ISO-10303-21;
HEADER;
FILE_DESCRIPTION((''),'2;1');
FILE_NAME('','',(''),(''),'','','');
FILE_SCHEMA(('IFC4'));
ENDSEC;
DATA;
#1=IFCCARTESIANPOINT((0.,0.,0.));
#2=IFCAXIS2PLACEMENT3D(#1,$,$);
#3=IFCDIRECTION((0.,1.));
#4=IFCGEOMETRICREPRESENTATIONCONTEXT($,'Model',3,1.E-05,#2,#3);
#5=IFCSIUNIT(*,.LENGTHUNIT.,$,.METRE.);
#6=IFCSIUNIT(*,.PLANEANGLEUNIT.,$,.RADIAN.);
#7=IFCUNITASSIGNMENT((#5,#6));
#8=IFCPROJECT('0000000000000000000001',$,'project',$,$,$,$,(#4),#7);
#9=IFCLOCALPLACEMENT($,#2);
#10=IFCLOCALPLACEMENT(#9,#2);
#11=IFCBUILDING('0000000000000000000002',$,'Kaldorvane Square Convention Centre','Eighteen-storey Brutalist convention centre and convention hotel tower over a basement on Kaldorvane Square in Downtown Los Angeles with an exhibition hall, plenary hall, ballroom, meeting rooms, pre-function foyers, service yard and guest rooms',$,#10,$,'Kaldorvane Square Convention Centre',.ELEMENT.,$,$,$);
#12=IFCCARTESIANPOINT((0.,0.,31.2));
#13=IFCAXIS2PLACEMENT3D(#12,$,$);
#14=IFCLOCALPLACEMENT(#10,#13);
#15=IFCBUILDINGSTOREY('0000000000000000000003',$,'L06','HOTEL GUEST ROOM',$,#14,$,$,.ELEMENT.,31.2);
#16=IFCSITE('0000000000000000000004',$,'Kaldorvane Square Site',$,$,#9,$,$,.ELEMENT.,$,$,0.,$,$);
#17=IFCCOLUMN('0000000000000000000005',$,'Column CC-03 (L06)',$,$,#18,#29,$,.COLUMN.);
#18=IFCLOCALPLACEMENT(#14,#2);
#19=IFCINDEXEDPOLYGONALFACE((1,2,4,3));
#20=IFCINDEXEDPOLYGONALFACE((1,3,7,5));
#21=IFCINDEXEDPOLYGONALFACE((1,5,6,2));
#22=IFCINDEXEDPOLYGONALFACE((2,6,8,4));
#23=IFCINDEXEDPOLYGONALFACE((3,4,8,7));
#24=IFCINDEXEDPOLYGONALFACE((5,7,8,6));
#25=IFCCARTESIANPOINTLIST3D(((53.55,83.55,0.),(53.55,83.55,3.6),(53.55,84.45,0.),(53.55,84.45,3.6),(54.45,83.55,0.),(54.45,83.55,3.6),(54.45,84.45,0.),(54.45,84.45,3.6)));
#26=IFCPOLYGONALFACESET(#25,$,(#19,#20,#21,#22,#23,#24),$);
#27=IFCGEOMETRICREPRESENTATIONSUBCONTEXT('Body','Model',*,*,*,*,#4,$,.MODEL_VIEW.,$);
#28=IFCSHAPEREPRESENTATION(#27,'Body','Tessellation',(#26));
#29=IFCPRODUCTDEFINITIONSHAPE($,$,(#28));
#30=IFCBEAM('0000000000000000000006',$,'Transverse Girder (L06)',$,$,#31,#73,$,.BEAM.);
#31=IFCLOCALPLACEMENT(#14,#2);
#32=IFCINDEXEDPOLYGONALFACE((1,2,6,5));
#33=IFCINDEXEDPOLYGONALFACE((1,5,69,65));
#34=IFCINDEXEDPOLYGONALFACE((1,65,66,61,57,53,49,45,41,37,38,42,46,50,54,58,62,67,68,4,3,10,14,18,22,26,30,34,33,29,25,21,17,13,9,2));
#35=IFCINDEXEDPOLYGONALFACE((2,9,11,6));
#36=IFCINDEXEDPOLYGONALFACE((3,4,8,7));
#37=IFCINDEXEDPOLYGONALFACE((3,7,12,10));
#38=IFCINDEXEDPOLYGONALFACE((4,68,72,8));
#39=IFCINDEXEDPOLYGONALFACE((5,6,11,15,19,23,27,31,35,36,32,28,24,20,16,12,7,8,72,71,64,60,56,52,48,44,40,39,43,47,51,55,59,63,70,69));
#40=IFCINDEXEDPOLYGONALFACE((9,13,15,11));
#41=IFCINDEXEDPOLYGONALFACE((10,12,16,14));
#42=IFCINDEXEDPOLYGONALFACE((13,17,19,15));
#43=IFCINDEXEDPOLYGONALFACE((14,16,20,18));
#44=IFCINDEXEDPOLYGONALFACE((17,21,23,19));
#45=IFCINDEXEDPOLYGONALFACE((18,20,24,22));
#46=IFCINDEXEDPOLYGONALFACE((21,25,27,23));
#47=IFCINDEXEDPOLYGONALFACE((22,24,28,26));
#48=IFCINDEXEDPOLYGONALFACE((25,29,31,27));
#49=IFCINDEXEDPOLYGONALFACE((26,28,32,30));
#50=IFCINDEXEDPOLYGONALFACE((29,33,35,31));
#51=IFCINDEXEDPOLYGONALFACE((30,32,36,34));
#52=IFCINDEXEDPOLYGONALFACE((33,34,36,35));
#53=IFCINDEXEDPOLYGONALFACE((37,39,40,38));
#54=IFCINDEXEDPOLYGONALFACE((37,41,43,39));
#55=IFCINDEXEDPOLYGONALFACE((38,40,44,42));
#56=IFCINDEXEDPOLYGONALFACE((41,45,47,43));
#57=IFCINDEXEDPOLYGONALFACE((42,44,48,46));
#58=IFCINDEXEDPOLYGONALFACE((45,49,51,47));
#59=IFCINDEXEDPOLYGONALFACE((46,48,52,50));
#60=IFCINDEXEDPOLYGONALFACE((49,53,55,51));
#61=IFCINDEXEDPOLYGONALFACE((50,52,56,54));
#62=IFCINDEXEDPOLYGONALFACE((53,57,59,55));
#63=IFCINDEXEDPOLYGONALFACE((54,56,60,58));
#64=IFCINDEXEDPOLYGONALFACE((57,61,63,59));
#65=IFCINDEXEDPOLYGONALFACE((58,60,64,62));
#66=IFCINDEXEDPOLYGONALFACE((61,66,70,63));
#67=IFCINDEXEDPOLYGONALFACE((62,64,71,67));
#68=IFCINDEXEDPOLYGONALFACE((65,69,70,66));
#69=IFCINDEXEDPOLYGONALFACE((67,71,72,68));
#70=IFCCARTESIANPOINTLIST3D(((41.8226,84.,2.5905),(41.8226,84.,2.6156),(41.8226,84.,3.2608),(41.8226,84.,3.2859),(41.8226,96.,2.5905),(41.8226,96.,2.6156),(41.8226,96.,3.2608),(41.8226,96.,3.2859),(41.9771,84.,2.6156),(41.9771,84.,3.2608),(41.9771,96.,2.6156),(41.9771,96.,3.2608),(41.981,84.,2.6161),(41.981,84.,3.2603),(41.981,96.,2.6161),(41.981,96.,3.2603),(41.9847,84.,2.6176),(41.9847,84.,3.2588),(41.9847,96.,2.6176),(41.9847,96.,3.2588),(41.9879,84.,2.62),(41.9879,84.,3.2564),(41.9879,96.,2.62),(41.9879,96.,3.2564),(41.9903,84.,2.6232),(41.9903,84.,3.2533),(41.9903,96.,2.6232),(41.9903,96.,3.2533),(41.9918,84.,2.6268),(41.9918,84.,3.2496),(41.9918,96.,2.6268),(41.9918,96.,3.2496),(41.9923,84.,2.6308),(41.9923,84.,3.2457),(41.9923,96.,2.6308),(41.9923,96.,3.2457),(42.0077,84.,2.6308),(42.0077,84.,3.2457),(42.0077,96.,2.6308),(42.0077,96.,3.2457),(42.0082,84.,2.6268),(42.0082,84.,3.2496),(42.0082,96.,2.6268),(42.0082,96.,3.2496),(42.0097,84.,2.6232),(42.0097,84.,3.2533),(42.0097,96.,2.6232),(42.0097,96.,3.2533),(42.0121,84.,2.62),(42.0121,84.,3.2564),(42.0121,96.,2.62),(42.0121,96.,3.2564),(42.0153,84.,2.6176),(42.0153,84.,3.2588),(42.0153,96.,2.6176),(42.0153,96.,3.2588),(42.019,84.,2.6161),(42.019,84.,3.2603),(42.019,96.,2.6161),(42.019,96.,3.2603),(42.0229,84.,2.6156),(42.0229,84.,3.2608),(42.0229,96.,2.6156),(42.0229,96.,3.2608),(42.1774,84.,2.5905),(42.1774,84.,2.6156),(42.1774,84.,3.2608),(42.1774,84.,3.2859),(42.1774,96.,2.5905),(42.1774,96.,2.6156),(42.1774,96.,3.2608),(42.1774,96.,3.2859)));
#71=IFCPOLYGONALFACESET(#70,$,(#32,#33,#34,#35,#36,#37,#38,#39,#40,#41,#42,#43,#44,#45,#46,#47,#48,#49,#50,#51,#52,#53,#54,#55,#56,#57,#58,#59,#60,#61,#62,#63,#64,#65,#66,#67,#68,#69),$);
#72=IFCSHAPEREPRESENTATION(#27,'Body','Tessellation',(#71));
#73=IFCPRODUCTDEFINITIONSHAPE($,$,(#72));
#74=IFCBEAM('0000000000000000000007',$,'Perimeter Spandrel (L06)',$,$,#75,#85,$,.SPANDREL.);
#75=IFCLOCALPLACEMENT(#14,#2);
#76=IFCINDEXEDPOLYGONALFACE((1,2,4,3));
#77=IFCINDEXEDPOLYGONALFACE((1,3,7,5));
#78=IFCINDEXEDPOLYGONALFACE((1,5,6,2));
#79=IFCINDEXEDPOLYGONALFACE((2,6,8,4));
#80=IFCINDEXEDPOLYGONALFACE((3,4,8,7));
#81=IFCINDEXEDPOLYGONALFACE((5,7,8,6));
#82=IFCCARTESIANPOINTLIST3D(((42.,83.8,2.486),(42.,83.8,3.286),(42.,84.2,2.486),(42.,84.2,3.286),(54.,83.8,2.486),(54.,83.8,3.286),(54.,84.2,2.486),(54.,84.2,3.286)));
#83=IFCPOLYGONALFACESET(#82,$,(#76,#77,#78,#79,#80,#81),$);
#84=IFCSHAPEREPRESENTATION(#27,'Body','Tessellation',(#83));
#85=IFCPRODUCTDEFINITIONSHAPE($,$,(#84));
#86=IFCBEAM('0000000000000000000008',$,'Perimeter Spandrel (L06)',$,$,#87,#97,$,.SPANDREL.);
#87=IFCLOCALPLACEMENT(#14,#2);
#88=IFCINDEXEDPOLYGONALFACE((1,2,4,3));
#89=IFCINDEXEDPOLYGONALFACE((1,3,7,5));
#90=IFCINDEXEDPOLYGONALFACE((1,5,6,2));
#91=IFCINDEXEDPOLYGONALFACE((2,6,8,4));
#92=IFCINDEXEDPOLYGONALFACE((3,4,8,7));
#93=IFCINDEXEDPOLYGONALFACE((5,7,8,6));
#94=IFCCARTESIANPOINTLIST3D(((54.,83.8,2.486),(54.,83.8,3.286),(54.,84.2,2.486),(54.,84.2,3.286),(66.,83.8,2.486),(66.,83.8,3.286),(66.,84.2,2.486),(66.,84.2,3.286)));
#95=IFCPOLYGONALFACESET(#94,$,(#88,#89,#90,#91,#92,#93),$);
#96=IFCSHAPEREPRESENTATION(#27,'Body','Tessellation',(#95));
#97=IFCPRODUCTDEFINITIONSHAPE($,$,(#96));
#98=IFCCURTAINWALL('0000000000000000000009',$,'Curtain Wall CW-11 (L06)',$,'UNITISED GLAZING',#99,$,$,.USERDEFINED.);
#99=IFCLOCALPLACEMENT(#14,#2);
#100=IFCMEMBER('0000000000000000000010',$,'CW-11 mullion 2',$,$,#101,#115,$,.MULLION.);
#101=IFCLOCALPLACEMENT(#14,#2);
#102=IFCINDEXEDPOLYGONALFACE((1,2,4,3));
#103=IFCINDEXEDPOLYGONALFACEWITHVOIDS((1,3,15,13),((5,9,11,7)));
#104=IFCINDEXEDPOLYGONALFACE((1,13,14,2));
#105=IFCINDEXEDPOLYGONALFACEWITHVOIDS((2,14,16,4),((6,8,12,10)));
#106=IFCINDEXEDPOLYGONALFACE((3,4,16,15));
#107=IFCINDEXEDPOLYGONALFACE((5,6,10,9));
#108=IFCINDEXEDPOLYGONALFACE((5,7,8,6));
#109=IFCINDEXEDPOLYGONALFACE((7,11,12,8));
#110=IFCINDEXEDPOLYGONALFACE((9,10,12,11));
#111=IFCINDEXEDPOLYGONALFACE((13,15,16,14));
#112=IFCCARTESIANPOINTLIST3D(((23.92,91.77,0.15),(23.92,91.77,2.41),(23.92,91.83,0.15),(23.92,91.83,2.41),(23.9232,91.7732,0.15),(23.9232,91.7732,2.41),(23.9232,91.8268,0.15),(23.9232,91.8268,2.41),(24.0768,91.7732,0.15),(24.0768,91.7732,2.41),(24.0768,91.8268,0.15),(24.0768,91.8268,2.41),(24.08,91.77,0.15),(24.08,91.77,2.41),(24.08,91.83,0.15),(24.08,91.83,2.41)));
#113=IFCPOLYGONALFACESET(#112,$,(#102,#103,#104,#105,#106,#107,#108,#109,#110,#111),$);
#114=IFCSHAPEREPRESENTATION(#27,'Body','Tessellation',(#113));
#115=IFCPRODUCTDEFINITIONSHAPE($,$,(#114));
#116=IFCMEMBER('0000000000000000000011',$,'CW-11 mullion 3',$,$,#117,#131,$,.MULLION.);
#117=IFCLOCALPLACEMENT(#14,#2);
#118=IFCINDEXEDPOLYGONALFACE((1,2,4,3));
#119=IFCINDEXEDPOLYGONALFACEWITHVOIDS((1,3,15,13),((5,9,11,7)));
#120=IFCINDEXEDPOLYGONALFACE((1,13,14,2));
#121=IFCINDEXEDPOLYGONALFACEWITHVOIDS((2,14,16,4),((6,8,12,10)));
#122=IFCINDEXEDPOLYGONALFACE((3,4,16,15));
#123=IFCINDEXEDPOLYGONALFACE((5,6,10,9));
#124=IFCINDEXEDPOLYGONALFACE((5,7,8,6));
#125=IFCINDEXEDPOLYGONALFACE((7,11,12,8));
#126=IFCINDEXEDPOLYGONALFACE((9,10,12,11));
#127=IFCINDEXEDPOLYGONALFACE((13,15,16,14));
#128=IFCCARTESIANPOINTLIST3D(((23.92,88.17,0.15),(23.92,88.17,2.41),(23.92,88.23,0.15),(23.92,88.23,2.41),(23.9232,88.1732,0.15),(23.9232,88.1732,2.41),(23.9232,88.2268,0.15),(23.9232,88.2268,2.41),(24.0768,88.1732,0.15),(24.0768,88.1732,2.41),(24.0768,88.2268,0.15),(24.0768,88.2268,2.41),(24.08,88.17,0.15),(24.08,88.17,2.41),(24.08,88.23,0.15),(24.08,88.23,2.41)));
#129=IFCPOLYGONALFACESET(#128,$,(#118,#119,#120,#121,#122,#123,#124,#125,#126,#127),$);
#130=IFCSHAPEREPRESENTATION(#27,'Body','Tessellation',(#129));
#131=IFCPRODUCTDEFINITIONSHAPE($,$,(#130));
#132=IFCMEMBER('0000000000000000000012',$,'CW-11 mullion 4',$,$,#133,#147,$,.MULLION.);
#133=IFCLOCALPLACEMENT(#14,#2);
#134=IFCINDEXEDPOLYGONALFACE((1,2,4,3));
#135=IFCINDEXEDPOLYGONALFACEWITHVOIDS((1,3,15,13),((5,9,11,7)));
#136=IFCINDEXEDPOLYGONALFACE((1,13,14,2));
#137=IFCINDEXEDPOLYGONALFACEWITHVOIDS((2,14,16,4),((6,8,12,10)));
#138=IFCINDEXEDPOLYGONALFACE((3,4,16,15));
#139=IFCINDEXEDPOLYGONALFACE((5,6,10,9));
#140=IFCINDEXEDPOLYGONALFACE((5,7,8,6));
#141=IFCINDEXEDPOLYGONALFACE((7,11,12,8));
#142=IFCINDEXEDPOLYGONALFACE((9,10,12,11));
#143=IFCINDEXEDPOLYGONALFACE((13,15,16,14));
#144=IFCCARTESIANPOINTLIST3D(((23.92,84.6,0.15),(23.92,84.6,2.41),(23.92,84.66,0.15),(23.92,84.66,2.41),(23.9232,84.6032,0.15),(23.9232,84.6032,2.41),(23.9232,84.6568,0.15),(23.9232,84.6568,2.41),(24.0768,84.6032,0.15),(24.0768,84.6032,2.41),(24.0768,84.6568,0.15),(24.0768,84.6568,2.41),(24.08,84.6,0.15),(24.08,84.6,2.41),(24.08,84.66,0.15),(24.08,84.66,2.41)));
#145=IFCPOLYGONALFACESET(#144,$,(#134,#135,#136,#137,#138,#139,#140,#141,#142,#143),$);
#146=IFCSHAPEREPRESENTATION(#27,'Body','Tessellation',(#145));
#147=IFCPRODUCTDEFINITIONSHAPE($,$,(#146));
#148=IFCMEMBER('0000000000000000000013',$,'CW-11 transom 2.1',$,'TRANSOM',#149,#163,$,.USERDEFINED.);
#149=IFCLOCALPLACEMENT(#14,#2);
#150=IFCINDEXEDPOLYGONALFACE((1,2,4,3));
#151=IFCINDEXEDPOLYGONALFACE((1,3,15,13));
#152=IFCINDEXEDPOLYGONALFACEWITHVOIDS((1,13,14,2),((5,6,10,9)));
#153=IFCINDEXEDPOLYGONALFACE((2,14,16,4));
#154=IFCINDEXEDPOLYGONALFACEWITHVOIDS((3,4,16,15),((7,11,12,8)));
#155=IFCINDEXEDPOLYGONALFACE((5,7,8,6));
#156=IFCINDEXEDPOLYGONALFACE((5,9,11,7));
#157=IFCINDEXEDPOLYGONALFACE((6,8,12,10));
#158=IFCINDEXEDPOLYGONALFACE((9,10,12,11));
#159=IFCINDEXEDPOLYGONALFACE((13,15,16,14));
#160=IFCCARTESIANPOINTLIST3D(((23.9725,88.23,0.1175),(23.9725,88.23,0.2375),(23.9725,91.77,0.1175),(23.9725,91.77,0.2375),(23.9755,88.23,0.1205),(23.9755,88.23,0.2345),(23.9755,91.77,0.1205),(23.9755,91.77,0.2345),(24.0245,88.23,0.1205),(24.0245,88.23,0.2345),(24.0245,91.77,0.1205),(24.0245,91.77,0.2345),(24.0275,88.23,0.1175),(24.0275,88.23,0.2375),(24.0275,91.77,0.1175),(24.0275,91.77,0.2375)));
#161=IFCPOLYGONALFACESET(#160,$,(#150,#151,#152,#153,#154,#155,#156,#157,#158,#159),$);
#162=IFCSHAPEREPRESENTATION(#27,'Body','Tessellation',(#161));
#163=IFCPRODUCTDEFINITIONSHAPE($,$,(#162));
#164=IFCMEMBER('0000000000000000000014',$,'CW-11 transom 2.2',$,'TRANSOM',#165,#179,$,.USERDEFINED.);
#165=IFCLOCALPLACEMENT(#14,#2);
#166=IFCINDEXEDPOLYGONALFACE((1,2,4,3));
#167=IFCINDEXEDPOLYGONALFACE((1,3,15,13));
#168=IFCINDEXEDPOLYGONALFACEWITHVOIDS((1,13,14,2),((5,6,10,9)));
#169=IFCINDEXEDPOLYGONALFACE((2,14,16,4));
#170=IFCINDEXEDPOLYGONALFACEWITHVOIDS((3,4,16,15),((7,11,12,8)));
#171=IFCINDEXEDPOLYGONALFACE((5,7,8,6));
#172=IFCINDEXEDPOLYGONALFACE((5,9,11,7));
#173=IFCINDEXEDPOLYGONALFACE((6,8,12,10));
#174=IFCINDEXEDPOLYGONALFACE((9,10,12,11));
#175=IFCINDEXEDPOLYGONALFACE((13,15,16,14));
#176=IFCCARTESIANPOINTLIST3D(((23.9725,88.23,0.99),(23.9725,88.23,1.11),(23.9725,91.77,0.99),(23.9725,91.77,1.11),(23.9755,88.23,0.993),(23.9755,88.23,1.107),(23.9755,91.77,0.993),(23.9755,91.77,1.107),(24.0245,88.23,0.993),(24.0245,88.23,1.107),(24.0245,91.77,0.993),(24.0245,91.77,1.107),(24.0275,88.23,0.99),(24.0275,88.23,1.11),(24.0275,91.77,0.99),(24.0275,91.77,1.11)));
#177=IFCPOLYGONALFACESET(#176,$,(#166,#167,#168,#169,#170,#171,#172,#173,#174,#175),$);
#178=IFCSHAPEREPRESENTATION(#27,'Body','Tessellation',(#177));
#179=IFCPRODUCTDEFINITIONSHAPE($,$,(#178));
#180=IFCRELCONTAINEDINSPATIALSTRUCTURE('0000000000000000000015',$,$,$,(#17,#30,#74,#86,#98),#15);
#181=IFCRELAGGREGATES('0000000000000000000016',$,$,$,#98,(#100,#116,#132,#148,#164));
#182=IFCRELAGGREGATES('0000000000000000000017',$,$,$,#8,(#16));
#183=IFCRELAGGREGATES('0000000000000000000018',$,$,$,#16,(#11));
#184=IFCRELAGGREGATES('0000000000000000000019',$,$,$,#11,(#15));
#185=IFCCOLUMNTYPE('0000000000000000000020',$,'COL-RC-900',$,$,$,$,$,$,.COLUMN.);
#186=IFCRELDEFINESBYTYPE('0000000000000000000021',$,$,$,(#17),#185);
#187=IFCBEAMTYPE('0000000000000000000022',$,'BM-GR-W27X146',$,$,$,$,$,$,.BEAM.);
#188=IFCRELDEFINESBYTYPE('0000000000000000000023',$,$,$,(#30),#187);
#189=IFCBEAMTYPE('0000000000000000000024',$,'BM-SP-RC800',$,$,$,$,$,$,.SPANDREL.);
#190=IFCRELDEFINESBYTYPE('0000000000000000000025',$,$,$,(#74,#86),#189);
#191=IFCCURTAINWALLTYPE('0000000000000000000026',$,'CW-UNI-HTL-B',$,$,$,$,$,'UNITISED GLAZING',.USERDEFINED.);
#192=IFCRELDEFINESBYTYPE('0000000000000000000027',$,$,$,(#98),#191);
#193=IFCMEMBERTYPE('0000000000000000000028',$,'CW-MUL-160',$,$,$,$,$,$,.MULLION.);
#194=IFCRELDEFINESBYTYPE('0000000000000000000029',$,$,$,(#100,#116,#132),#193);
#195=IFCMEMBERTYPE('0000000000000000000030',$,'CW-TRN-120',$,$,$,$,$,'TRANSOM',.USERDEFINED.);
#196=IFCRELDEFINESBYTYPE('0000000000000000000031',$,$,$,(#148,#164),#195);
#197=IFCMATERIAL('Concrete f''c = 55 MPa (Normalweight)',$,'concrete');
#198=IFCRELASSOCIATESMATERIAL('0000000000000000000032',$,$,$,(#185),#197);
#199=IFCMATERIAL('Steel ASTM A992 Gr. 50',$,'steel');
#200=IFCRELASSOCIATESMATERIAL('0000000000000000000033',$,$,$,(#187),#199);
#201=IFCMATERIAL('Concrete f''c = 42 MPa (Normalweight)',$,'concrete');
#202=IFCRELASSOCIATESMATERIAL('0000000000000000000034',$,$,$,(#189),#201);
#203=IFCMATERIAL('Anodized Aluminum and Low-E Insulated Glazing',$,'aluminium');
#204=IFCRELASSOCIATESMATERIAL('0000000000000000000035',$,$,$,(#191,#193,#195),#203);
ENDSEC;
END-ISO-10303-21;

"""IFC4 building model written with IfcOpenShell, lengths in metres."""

from ifc_helpers import new_model, si_unit, direction, frame, origin, origin_2d, place, context, subcontext, project, spatial, rectangle, hollow_rectangle, i_section, extrude, material, material_profile, profile_set, type_object, element, aggregate, save


model = new_model("IFC4")

# Units and contexts
model_context = context("Model", 3, precision=1e-05, world=origin(), true_north=direction((0.0, 1.0)))
body_context = subcontext(model_context, "Body", "Model", "MODEL_VIEW")
ifc_project = project(units=[si_unit("LENGTHUNIT", "METRE"), si_unit("PLANEANGLEUNIT", "RADIAN")], contexts=[model_context])

# Site, building, storey
site_placement = place(None, origin())
site = spatial("IfcSite", under=ifc_project, at=site_placement, Name="Kaldorvane Square Site", CompositionType="ELEMENT", RefElevation=0.0)
building_placement = place(site_placement, origin())
building = spatial("IfcBuilding", under=site, at=building_placement, Name="Kaldorvane Square Convention Centre", Description="Eighteen-storey Brutalist convention centre and convention hotel tower over a basement on Kaldorvane Square in Downtown Los Angeles with an exhibition hall, plenary hall, ballroom, meeting rooms, pre-function foyers, service yard and guest rooms", LongName="Kaldorvane Square Convention Centre", CompositionType="ELEMENT")
storey_placement = place(building_placement, frame((0.0, 0.0, 31.2)))
storey = spatial("IfcBuildingStorey", under=building, at=storey_placement, Name="L06", Description="HOTEL GUEST ROOM", CompositionType="ELEMENT", Elevation=31.2)

# Column
ifc_material_1 = material(Name="Concrete f'c = 55 MPa (Normalweight)", Category="concrete")
ifc_material_profile_1 = material_profile(ifc_material_1, rectangle(XDim=0.9, YDim=0.9, at=origin_2d()), Name="RC900X900")
ifc_profile_set_1 = profile_set([ifc_material_profile_1], Name="Concrete f'c = 55 MPa (Normalweight)")
column_type = type_object("IfcColumnType", Name="COL-RC-900", PredefinedType="COLUMN", material=ifc_profile_set_1)
column_placement = place(storey_placement, frame((54.0, 84.0, 0.0), z_axis=(0.0, 0.0, 1.0), x_axis=(1.0, 0.0, 0.0)))
element("IfcColumn", 1, at=column_placement, inside=storey, type_object=column_type, Name="Column CC-03 (L06)", PredefinedType="COLUMN", context=body_context, shape_type="SweptSolid", body=[
    extrude(rectangle(XDim=0.9, YDim=0.9, at=origin_2d()), origin(), (0.0, 0.0, 1.0), 3.6),
])

# Beams
ifc_material_2 = material(Name="Steel ASTM A992 Gr. 50", Category="steel")
ifc_material_profile_2 = material_profile(ifc_material_2, i_section(OverallWidth=0.3547, OverallDepth=0.6955, WebThickness=0.0154, FlangeThickness=0.0251, FilletRadius=0.0152, at=origin_2d()), Name="W27X146")
ifc_profile_set_2 = profile_set([ifc_material_profile_2], Name="Steel ASTM A992 Gr. 50")
beam_type_1 = type_object("IfcBeamType", Name="BM-GR-W27X146", PredefinedType="BEAM", material=ifc_profile_set_2)
beam_placement = place(storey_placement, frame((42.0, 84.0, 2.9382), z_axis=(0.0, 1.0, 0.0), x_axis=(-1.0, 0.0, 0.0)))
element("IfcBeam", 2, at=beam_placement, inside=storey, type_object=beam_type_1, Name="Transverse Girder (L06)", PredefinedType="BEAM", context=body_context, shape_type="SweptSolid", body=[
    extrude(i_section(OverallWidth=0.3547, OverallDepth=0.6955, WebThickness=0.0154, FlangeThickness=0.0251, FilletRadius=0.0152, at=origin_2d()), origin(), (0.0, 0.0, 1.0), 12.0),
])
ifc_material_3 = material(Name="Concrete f'c = 42 MPa (Normalweight)", Category="concrete")
ifc_material_profile_3 = material_profile(ifc_material_3, rectangle(XDim=0.4, YDim=0.8, at=origin_2d()), Name="RCSP800X400")
ifc_profile_set_3 = profile_set([ifc_material_profile_3], Name="Concrete f'c = 42 MPa (Normalweight)")
beam_type_2 = type_object("IfcBeamType", Name="BM-SP-RC800", PredefinedType="SPANDREL", material=ifc_profile_set_3)
for number, where, z_axis, x_axis, name in (
    (3, (42.0, 84.0, 2.886), (1.0, 0.0, 0.0), (0.0, 1.0, 0.0), "Perimeter Spandrel (L06)"),
    (4, (54.0, 84.0, 2.886), (1.0, 0.0, 0.0), (0.0, 1.0, 0.0), "Perimeter Spandrel (L06)"),
):
    element("IfcBeam", number, at=place(storey_placement, frame(where, z_axis=z_axis, x_axis=x_axis)), inside=storey, type_object=beam_type_2, Name=name, PredefinedType="SPANDREL", context=body_context, shape_type="SweptSolid", body=[
        extrude(rectangle(XDim=0.4, YDim=0.8, at=origin_2d()), origin(), (0.0, 0.0, 1.0), 12.0),
    ])

# Curtain wall, members
ifc_material_4 = material(Name="Anodized Aluminum and Low-E Insulated Glazing", Category="aluminium")
curtain_wall_type = type_object("IfcCurtainWallType", Name="CW-UNI-HTL-B", ElementType="UNITISED GLAZING", PredefinedType="USERDEFINED", material=ifc_material_4)
curtain_wall_placement = place(storey_placement, origin())
curtain_wall = element("IfcCurtainWall", 5, at=curtain_wall_placement, inside=storey, type_object=curtain_wall_type, Name="Curtain Wall CW-11 (L06)", ObjectType="UNITISED GLAZING", PredefinedType="USERDEFINED")
ifc_material_profile_4 = material_profile(ifc_material_4, hollow_rectangle(XDim=0.06, YDim=0.16, WallThickness=0.0032, at=origin_2d()), Name="CWM-160X60")
ifc_profile_set_4 = profile_set([ifc_material_profile_4], Name="Anodized Aluminum and Low-E Insulated Glazing")
member_type_1 = type_object("IfcMemberType", Name="CW-MUL-160", PredefinedType="MULLION", material=ifc_profile_set_4)
member_1_placement = place(storey_placement, frame((24.0, 91.8, 0.15), z_axis=(0.0, 0.0, 1.0), x_axis=(0.0, -1.0, 0.0)))
member_1 = element("IfcMember", 6, at=member_1_placement, type_object=member_type_1, Name="CW-11 mullion 2", PredefinedType="MULLION", context=body_context, shape_type="SweptSolid", body=[
    extrude(hollow_rectangle(XDim=0.06, YDim=0.16, WallThickness=0.0032, at=origin_2d()), origin(), (0.0, 0.0, 1.0), 2.26),
])
member_2_placement = place(storey_placement, frame((24.0, 88.2, 0.15), z_axis=(0.0, 0.0, 1.0), x_axis=(0.0, -1.0, 0.0)))
member_2 = element("IfcMember", 7, at=member_2_placement, type_object=member_type_1, Name="CW-11 mullion 3", PredefinedType="MULLION", context=body_context, shape_type="SweptSolid", body=[
    extrude(hollow_rectangle(XDim=0.06, YDim=0.16, WallThickness=0.0032, at=origin_2d()), origin(), (0.0, 0.0, 1.0), 2.26),
])
member_3_placement = place(storey_placement, frame((24.0, 84.63, 0.15), z_axis=(0.0, 0.0, 1.0), x_axis=(0.0, -1.0, 0.0)))
member_3 = element("IfcMember", 8, at=member_3_placement, type_object=member_type_1, Name="CW-11 mullion 4", PredefinedType="MULLION", context=body_context, shape_type="SweptSolid", body=[
    extrude(hollow_rectangle(XDim=0.06, YDim=0.16, WallThickness=0.0032, at=origin_2d()), origin(), (0.0, 0.0, 1.0), 2.26),
])
ifc_material_profile_5 = material_profile(ifc_material_4, hollow_rectangle(XDim=0.055, YDim=0.12, WallThickness=0.003, at=origin_2d()), Name="CWT-120X55")
ifc_profile_set_5 = profile_set([ifc_material_profile_5], Name="Anodized Aluminum and Low-E Insulated Glazing")
member_type_2 = type_object("IfcMemberType", Name="CW-TRN-120", ElementType="TRANSOM", PredefinedType="USERDEFINED", material=ifc_profile_set_5)
member_4_placement = place(storey_placement, frame((24.0, 91.77, 0.1775), z_axis=(0.0, -1.0, 0.0), x_axis=(1.0, 0.0, 0.0)))
member_4 = element("IfcMember", 9, at=member_4_placement, type_object=member_type_2, Name="CW-11 transom 2.1", ObjectType="TRANSOM", PredefinedType="USERDEFINED", context=body_context, shape_type="SweptSolid", body=[
    extrude(hollow_rectangle(XDim=0.055, YDim=0.12, WallThickness=0.003, at=origin_2d()), origin(), (0.0, 0.0, 1.0), 3.54),
])
member_5_placement = place(storey_placement, frame((24.0, 91.77, 1.05), z_axis=(0.0, -1.0, 0.0), x_axis=(1.0, 0.0, 0.0)))
member_5 = element("IfcMember", 10, at=member_5_placement, type_object=member_type_2, Name="CW-11 transom 2.2", ObjectType="TRANSOM", PredefinedType="USERDEFINED", context=body_context, shape_type="SweptSolid", body=[
    extrude(hollow_rectangle(XDim=0.055, YDim=0.12, WallThickness=0.003, at=origin_2d()), origin(), (0.0, 0.0, 1.0), 3.54),
])
aggregate(curtain_wall, [member_1, member_2, member_3, member_4, member_5])

save(model, "model.ifc")
